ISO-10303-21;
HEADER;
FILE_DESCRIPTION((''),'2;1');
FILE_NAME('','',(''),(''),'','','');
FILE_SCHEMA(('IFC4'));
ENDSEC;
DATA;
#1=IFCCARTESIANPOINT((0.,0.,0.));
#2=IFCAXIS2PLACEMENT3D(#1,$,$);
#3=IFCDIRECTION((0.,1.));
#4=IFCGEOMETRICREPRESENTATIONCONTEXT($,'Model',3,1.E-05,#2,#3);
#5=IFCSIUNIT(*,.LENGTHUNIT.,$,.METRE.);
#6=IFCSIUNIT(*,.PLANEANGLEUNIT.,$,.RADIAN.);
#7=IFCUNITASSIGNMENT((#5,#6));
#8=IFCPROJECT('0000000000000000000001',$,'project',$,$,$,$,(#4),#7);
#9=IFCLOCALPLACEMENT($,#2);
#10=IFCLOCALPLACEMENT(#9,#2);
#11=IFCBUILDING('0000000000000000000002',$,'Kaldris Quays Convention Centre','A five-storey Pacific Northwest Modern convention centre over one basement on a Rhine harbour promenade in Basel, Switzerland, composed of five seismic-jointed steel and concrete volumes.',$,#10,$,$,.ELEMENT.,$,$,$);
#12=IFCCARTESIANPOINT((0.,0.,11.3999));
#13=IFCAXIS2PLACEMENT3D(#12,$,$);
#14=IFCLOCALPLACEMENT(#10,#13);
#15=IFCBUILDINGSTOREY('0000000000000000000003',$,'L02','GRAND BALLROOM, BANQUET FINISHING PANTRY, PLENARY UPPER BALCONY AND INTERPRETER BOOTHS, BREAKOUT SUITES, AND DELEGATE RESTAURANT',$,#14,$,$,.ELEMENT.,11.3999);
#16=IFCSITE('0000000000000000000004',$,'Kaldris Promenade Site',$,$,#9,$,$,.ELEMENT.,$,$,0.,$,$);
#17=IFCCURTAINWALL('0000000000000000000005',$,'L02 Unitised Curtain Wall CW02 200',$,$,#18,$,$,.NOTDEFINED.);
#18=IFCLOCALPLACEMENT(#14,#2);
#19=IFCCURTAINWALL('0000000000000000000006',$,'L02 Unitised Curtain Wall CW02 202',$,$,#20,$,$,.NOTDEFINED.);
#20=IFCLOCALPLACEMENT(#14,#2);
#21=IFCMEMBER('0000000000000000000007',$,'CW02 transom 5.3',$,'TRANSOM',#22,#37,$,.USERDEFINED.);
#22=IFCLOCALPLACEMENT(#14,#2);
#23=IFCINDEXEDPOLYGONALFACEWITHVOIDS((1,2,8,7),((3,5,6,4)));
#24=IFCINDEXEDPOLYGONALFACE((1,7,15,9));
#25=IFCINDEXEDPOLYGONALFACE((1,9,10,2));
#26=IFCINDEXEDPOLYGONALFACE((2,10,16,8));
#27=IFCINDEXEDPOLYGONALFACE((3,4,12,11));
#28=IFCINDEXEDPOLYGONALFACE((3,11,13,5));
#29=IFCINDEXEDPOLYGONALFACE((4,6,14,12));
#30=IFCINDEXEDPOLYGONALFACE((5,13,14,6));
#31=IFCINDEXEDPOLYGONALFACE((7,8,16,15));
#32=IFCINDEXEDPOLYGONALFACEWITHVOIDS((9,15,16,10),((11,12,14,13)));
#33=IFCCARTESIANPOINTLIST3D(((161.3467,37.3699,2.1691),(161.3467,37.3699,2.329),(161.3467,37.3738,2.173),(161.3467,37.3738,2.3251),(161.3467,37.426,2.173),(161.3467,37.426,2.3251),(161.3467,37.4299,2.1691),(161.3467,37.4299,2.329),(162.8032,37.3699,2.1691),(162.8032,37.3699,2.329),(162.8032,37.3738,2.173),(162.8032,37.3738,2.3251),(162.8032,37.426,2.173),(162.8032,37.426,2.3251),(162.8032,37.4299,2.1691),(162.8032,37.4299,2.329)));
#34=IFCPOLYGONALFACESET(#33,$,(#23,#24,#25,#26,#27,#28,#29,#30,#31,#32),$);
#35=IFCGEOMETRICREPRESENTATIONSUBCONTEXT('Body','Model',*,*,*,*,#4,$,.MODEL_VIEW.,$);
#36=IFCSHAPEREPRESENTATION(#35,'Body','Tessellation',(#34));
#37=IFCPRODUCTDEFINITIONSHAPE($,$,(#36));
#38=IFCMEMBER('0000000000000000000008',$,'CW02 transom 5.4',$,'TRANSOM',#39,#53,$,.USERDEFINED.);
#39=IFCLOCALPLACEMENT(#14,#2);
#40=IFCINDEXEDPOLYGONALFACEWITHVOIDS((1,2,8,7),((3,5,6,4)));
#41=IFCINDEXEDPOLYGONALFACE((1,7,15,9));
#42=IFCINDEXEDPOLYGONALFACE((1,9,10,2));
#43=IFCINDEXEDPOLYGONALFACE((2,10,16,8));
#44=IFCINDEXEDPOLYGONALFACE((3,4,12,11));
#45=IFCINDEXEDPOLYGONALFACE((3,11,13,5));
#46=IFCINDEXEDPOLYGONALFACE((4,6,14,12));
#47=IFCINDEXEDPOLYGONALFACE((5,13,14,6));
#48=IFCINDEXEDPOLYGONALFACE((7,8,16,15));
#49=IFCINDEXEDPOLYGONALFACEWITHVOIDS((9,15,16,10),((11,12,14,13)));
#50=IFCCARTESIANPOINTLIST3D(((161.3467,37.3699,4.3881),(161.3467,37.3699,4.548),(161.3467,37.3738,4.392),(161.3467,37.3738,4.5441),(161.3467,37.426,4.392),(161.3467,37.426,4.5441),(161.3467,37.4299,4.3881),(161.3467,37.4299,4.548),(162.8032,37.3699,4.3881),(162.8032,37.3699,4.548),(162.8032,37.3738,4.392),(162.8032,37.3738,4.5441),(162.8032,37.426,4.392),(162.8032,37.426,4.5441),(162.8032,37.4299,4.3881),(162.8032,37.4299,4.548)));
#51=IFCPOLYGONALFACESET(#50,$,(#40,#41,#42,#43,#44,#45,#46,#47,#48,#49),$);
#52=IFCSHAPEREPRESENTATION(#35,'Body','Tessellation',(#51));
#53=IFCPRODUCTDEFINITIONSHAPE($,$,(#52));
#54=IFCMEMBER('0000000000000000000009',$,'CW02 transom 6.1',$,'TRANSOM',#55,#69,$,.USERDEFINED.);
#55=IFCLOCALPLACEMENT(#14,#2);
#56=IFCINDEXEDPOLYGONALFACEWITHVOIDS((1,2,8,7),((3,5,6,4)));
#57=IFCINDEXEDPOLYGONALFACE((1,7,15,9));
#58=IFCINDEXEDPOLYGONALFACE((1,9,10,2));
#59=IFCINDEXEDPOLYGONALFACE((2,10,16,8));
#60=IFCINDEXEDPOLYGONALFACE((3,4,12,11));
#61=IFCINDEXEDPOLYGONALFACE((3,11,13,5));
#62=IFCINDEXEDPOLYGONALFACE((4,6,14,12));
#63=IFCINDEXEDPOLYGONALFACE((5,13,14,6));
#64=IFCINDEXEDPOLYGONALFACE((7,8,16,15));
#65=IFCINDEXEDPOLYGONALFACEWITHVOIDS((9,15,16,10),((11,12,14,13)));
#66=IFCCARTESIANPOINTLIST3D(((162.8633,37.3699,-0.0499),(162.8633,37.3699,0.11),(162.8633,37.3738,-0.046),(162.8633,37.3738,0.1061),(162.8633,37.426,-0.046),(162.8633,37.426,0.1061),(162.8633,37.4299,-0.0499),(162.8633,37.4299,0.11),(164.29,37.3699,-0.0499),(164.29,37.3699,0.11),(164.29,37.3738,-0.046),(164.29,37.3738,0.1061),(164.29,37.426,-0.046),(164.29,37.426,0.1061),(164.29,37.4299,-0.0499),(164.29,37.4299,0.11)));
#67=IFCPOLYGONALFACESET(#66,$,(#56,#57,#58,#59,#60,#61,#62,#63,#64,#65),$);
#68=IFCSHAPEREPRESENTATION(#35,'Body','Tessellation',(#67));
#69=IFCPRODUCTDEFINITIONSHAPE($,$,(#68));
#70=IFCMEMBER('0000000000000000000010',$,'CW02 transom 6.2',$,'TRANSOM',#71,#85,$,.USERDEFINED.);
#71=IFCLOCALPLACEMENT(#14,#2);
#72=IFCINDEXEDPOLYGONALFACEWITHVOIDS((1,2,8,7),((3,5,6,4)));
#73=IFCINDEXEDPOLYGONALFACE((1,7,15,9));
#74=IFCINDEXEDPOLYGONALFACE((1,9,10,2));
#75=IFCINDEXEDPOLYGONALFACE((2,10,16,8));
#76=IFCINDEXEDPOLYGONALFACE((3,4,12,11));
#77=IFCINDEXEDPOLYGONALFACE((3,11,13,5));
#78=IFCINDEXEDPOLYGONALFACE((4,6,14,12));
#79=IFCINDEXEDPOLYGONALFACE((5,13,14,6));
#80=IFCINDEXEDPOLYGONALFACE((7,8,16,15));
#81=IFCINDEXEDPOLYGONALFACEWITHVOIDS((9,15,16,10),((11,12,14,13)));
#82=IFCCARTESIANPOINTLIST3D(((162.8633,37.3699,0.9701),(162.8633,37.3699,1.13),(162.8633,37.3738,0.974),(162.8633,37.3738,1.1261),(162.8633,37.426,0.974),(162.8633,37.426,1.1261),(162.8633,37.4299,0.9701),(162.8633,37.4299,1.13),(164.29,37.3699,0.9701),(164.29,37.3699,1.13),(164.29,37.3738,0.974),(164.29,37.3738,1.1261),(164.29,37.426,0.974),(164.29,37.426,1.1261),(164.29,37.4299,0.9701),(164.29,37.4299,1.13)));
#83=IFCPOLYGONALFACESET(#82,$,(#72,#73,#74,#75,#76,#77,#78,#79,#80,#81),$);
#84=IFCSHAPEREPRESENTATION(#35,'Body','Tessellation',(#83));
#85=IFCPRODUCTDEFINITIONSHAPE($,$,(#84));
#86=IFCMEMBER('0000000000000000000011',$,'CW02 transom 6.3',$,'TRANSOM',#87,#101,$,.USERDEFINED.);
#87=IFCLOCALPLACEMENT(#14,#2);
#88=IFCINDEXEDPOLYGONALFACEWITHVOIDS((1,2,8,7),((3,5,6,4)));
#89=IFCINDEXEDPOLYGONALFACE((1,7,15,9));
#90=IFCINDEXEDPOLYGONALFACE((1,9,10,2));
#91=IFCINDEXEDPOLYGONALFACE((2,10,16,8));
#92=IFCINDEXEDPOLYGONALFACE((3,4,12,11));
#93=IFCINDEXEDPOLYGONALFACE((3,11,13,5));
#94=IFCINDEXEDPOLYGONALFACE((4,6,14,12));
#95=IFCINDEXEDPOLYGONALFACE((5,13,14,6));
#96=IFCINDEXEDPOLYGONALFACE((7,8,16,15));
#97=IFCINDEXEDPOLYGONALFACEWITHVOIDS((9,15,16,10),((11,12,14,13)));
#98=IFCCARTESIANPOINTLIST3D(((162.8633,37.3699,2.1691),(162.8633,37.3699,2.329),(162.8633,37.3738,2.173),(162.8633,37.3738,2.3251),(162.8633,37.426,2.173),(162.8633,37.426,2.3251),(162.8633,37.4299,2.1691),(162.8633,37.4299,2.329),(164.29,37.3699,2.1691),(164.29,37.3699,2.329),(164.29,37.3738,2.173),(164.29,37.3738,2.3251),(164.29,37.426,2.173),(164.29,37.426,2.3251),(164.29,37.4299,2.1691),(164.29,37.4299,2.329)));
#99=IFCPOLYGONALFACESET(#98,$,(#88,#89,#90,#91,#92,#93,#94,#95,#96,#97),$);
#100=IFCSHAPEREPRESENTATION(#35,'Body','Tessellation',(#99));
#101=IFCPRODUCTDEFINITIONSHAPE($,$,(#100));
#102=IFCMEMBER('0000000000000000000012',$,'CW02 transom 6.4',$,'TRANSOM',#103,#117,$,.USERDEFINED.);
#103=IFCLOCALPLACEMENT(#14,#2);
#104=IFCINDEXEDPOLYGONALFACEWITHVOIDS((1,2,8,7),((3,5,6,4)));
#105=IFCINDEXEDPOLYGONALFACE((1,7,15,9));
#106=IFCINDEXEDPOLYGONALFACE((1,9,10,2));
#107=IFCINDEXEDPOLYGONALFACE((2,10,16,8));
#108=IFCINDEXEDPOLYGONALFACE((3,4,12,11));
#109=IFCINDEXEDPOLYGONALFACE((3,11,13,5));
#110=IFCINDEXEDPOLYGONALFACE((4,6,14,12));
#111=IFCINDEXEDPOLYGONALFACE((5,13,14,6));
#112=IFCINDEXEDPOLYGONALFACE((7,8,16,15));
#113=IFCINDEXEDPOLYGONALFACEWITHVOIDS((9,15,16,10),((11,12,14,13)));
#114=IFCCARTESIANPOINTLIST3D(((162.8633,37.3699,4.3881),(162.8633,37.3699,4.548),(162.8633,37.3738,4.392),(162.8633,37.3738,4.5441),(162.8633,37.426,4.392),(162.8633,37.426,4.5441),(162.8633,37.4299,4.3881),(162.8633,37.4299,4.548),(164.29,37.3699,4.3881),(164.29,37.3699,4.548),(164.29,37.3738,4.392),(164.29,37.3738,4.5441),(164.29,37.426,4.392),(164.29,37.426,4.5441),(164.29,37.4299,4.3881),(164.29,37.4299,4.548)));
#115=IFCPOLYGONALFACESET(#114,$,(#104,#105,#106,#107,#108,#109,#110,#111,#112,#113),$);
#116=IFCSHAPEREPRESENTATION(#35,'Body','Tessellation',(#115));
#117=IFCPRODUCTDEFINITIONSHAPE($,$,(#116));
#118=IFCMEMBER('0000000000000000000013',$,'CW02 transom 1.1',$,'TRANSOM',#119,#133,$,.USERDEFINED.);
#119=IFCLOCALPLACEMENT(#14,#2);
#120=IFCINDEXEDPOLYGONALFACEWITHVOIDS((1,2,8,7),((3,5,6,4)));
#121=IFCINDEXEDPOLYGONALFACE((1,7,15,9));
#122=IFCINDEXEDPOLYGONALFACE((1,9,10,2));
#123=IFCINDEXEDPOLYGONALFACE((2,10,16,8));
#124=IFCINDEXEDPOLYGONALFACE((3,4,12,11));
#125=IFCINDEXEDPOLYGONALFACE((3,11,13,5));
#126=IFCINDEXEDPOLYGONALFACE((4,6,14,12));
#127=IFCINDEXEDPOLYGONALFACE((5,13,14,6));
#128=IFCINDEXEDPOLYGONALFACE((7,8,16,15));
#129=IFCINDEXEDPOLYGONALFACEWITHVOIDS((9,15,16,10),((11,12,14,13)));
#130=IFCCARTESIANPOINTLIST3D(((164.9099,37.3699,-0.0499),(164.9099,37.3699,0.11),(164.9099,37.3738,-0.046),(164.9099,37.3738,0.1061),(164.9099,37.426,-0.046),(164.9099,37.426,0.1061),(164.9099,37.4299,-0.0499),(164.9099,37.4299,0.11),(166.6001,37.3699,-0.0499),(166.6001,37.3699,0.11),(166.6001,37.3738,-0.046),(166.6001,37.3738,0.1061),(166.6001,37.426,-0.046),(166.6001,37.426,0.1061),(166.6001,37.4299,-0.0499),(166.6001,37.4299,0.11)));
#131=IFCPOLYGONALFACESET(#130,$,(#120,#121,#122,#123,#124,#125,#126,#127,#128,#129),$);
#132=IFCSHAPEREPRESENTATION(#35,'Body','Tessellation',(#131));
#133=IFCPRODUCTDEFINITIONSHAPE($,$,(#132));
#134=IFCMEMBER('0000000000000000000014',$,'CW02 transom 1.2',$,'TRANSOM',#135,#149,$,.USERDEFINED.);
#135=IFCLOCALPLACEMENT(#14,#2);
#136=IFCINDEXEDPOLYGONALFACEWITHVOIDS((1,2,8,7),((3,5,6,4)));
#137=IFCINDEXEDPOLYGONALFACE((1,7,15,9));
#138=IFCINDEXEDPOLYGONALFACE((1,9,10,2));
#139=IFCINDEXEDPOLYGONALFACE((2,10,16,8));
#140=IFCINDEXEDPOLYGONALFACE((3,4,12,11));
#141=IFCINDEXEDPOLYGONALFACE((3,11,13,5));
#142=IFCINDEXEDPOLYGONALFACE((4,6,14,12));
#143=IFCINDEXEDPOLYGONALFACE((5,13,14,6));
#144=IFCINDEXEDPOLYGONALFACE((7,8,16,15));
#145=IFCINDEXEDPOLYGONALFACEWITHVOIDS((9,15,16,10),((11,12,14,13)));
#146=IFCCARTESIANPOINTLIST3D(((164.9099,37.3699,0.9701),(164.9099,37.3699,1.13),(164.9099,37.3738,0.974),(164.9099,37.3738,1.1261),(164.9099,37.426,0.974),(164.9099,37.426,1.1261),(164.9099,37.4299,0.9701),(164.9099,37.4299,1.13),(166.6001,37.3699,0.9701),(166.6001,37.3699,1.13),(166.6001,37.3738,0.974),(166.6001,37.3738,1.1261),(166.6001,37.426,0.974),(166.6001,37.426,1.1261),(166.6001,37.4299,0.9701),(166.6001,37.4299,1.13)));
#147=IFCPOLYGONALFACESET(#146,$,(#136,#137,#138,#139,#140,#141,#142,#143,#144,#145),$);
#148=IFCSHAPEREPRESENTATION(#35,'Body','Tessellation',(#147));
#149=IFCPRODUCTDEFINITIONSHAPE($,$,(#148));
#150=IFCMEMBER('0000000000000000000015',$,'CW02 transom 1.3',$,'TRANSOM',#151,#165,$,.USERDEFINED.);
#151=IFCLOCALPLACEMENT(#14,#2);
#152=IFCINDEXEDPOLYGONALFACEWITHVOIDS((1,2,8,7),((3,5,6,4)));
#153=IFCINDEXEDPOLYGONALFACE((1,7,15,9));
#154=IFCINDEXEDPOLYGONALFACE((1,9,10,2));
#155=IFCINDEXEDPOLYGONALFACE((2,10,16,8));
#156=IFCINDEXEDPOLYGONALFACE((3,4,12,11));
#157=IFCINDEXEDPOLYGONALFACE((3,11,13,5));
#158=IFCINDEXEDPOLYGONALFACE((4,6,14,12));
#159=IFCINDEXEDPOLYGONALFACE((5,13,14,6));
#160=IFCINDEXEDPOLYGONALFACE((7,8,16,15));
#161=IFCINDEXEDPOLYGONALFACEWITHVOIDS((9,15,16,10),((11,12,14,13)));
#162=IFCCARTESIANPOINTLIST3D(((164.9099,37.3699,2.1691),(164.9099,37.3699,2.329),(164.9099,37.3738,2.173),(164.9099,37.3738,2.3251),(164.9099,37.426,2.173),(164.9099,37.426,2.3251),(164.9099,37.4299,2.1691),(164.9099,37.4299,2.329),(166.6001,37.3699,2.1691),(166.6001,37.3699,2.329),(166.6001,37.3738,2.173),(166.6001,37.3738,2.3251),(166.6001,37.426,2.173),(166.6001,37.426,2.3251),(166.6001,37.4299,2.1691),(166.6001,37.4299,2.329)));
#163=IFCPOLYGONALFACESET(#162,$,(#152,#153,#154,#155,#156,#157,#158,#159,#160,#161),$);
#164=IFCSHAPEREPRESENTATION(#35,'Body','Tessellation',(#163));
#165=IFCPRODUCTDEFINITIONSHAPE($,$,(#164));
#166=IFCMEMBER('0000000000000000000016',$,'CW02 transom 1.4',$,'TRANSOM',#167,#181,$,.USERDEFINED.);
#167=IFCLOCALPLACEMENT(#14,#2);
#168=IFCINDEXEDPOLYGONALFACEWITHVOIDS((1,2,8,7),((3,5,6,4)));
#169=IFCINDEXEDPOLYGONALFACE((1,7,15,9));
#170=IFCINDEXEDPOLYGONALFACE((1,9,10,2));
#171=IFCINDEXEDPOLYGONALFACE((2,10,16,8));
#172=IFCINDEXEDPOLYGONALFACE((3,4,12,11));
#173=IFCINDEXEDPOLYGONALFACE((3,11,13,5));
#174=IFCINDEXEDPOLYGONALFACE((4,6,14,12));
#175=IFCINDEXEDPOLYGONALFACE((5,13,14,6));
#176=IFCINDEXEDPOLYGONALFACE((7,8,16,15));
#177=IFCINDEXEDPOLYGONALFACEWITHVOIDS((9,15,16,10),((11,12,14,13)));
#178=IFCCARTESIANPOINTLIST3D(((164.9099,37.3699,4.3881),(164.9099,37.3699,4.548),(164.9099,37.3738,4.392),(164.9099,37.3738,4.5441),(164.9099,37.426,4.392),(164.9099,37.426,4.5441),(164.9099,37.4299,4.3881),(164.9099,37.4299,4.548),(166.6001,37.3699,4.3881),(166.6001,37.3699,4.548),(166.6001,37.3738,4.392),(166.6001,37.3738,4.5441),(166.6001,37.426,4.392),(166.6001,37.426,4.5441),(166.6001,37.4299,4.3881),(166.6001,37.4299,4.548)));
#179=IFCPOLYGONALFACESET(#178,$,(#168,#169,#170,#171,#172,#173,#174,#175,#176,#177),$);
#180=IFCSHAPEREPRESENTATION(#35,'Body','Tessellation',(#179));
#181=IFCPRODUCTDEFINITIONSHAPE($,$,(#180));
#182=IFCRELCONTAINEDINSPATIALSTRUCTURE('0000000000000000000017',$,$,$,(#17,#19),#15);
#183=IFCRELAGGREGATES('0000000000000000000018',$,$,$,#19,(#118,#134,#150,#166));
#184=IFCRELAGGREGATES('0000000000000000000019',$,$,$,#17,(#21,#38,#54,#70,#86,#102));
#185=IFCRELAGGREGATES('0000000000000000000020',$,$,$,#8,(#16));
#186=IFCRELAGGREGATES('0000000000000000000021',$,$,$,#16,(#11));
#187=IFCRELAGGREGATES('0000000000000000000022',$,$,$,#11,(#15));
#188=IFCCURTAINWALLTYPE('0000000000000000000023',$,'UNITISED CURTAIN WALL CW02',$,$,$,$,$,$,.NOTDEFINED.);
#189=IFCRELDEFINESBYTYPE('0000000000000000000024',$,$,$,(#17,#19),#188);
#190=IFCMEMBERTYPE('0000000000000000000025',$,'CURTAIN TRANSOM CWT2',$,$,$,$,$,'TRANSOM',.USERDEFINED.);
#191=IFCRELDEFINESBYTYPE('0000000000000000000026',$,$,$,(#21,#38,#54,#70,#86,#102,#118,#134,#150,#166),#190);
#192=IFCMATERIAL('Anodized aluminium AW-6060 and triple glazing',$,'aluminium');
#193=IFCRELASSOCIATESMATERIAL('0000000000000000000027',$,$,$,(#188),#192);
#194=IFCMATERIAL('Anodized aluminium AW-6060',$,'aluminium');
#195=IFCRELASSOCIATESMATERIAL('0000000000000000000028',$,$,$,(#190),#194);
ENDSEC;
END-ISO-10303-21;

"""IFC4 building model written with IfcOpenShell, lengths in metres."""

from ifc_helpers import new_model, si_unit, direction, frame, origin, origin_2d, place, context, subcontext, project, spatial, hollow_rectangle, extrude, material, material_profile, profile_set, type_object, element, aggregate, save


model = new_model("IFC4")

# Units and contexts
model_context = context("Model", 3, precision=1e-05, world=origin(), true_north=direction((0.0, 1.0)))
body_context = subcontext(model_context, "Body", "Model", "MODEL_VIEW")
ifc_project = project(units=[si_unit("LENGTHUNIT", "METRE"), si_unit("PLANEANGLEUNIT", "RADIAN")], contexts=[model_context])

# Site, building, storey
site_placement = place(None, origin())
site = spatial("IfcSite", under=ifc_project, at=site_placement, Name="Kaldris Promenade Site", CompositionType="ELEMENT", RefElevation=0.0)
building_placement = place(site_placement, origin())
building = spatial("IfcBuilding", under=site, at=building_placement, Name="Kaldris Quays Convention Centre", Description="A five-storey Pacific Northwest Modern convention centre over one basement on a Rhine harbour promenade in Basel, Switzerland, composed of five seismic-jointed steel and concrete volumes.", CompositionType="ELEMENT")
storey_placement = place(building_placement, frame((0.0, 0.0, 11.3999)))
storey = spatial("IfcBuildingStorey", under=building, at=storey_placement, Name="L02", Description="GRAND BALLROOM, BANQUET FINISHING PANTRY, PLENARY UPPER BALCONY AND INTERPRETER BOOTHS, BREAKOUT SUITES, AND DELEGATE RESTAURANT", CompositionType="ELEMENT", Elevation=11.3999)

# Curtain wall
ifc_material_1 = material(Name="Anodized aluminium AW-6060 and triple glazing", Category="aluminium")
curtain_wall_type = type_object("IfcCurtainWallType", Name="UNITISED CURTAIN WALL CW02", PredefinedType="NOTDEFINED", material=ifc_material_1)
curtain_wall_1_placement = place(storey_placement, origin())
curtain_wall_1 = element("IfcCurtainWall", 1, at=curtain_wall_1_placement, inside=storey, type_object=curtain_wall_type, Name="L02 Unitised Curtain Wall CW02 200", PredefinedType="NOTDEFINED")
ifc_material_2 = material(Name="Anodized aluminium AW-6060", Category="aluminium")

# Curtain wall
curtain_wall_2_placement = place(storey_placement, origin())
curtain_wall_2 = element("IfcCurtainWall", 2, at=curtain_wall_2_placement, inside=storey, type_object=curtain_wall_type, Name="L02 Unitised Curtain Wall CW02 202", PredefinedType="NOTDEFINED")

# Members
ifc_material_profile_1 = material_profile(ifc_material_2, hollow_rectangle(XDim=0.0601, YDim=0.1599, WallThickness=0.0039, at=origin_2d()), Name="RHS 160x60x4")
ifc_profile_set_1 = profile_set([ifc_material_profile_1], Name="Anodized aluminium AW-6060")
member_type_1 = type_object("IfcMemberType", Name="CURTAIN TRANSOM CWT2", ElementType="TRANSOM", PredefinedType="USERDEFINED", material=ifc_profile_set_1)
member_1_placement = place(storey_placement, frame((161.3467, 37.3999, 2.249), z_axis=(1.0, 0.0, 0.0), x_axis=(0.0, 1.0, 0.0)))
member_1 = element("IfcMember", 3, at=member_1_placement, type_object=member_type_1, Name="CW02 transom 5.3", ObjectType="TRANSOM", PredefinedType="USERDEFINED", context=body_context, shape_type="SweptSolid", body=[
    extrude(hollow_rectangle(XDim=0.0601, YDim=0.1599, WallThickness=0.0039, at=origin_2d()), origin(), (0.0, 0.0, 1.0), 1.4565),
])
member_2_placement = place(storey_placement, frame((161.3467, 37.3999, 4.468), z_axis=(1.0, 0.0, 0.0), x_axis=(0.0, 1.0, 0.0)))
member_2 = element("IfcMember", 4, at=member_2_placement, type_object=member_type_1, Name="CW02 transom 5.4", ObjectType="TRANSOM", PredefinedType="USERDEFINED", context=body_context, shape_type="SweptSolid", body=[
    extrude(hollow_rectangle(XDim=0.0601, YDim=0.1599, WallThickness=0.0039, at=origin_2d()), origin(), (0.0, 0.0, 1.0), 1.4565),
])
member_3_placement = place(storey_placement, frame((162.8633, 37.3999, 0.03), z_axis=(1.0, 0.0, 0.0), x_axis=(0.0, 1.0, 0.0)))
member_3 = element("IfcMember", 5, at=member_3_placement, type_object=member_type_1, Name="CW02 transom 6.1", ObjectType="TRANSOM", PredefinedType="USERDEFINED", context=body_context, shape_type="SweptSolid", body=[
    extrude(hollow_rectangle(XDim=0.0601, YDim=0.1599, WallThickness=0.0039, at=origin_2d()), origin(), (0.0, 0.0, 1.0), 1.4268),
])
member_4_placement = place(storey_placement, frame((162.8633, 37.3999, 1.05), z_axis=(1.0, 0.0, 0.0), x_axis=(0.0, 1.0, 0.0)))
member_4 = element("IfcMember", 6, at=member_4_placement, type_object=member_type_1, Name="CW02 transom 6.2", ObjectType="TRANSOM", PredefinedType="USERDEFINED", context=body_context, shape_type="SweptSolid", body=[
    extrude(hollow_rectangle(XDim=0.0601, YDim=0.1599, WallThickness=0.0039, at=origin_2d()), origin(), (0.0, 0.0, 1.0), 1.4268),
])
member_5_placement = place(storey_placement, frame((162.8633, 37.3999, 2.249), z_axis=(1.0, 0.0, 0.0), x_axis=(0.0, 1.0, 0.0)))
member_5 = element("IfcMember", 7, at=member_5_placement, type_object=member_type_1, Name="CW02 transom 6.3", ObjectType="TRANSOM", PredefinedType="USERDEFINED", context=body_context, shape_type="SweptSolid", body=[
    extrude(hollow_rectangle(XDim=0.0601, YDim=0.1599, WallThickness=0.0039, at=origin_2d()), origin(), (0.0, 0.0, 1.0), 1.4268),
])
member_6_placement = place(storey_placement, frame((162.8633, 37.3999, 4.468), z_axis=(1.0, 0.0, 0.0), x_axis=(0.0, 1.0, 0.0)))
member_6 = element("IfcMember", 8, at=member_6_placement, type_object=member_type_1, Name="CW02 transom 6.4", ObjectType="TRANSOM", PredefinedType="USERDEFINED", context=body_context, shape_type="SweptSolid", body=[
    extrude(hollow_rectangle(XDim=0.0601, YDim=0.1599, WallThickness=0.0039, at=origin_2d()), origin(), (0.0, 0.0, 1.0), 1.4268),
])
member_7_placement = place(storey_placement, frame((164.9099, 37.3999, 0.03), z_axis=(1.0, 0.0, 0.0), x_axis=(0.0, 1.0, 0.0)))
member_7 = element("IfcMember", 9, at=member_7_placement, type_object=member_type_1, Name="CW02 transom 1.1", ObjectType="TRANSOM", PredefinedType="USERDEFINED", context=body_context, shape_type="SweptSolid", body=[
    extrude(hollow_rectangle(XDim=0.0601, YDim=0.1599, WallThickness=0.0039, at=origin_2d()), origin(), (0.0, 0.0, 1.0), 1.6902),
])
member_8_placement = place(storey_placement, frame((164.9099, 37.3999, 1.05), z_axis=(1.0, 0.0, 0.0), x_axis=(0.0, 1.0, 0.0)))
member_8 = element("IfcMember", 10, at=member_8_placement, type_object=member_type_1, Name="CW02 transom 1.2", ObjectType="TRANSOM", PredefinedType="USERDEFINED", context=body_context, shape_type="SweptSolid", body=[
    extrude(hollow_rectangle(XDim=0.0601, YDim=0.1599, WallThickness=0.0039, at=origin_2d()), origin(), (0.0, 0.0, 1.0), 1.6902),
])
member_9_placement = place(storey_placement, frame((164.9099, 37.3999, 2.249), z_axis=(1.0, 0.0, 0.0), x_axis=(0.0, 1.0, 0.0)))
member_9 = element("IfcMember", 11, at=member_9_placement, type_object=member_type_1, Name="CW02 transom 1.3", ObjectType="TRANSOM", PredefinedType="USERDEFINED", context=body_context, shape_type="SweptSolid", body=[
    extrude(hollow_rectangle(XDim=0.0601, YDim=0.1599, WallThickness=0.0039, at=origin_2d()), origin(), (0.0, 0.0, 1.0), 1.6902),
])
member_10_placement = place(storey_placement, frame((164.9099, 37.3999, 4.468), z_axis=(1.0, 0.0, 0.0), x_axis=(0.0, 1.0, 0.0)))
member_10 = element("IfcMember", 12, at=member_10_placement, type_object=member_type_1, Name="CW02 transom 1.4", ObjectType="TRANSOM", PredefinedType="USERDEFINED", context=body_context, shape_type="SweptSolid", body=[
    extrude(hollow_rectangle(XDim=0.0601, YDim=0.1599, WallThickness=0.0039, at=origin_2d()), origin(), (0.0, 0.0, 1.0), 1.6902),
])
aggregate(curtain_wall_2, [member_7, member_8, member_9, member_10])

aggregate(curtain_wall_1, [member_1, member_2, member_3, member_4, member_5, member_6])

save(model, "model.ifc")
